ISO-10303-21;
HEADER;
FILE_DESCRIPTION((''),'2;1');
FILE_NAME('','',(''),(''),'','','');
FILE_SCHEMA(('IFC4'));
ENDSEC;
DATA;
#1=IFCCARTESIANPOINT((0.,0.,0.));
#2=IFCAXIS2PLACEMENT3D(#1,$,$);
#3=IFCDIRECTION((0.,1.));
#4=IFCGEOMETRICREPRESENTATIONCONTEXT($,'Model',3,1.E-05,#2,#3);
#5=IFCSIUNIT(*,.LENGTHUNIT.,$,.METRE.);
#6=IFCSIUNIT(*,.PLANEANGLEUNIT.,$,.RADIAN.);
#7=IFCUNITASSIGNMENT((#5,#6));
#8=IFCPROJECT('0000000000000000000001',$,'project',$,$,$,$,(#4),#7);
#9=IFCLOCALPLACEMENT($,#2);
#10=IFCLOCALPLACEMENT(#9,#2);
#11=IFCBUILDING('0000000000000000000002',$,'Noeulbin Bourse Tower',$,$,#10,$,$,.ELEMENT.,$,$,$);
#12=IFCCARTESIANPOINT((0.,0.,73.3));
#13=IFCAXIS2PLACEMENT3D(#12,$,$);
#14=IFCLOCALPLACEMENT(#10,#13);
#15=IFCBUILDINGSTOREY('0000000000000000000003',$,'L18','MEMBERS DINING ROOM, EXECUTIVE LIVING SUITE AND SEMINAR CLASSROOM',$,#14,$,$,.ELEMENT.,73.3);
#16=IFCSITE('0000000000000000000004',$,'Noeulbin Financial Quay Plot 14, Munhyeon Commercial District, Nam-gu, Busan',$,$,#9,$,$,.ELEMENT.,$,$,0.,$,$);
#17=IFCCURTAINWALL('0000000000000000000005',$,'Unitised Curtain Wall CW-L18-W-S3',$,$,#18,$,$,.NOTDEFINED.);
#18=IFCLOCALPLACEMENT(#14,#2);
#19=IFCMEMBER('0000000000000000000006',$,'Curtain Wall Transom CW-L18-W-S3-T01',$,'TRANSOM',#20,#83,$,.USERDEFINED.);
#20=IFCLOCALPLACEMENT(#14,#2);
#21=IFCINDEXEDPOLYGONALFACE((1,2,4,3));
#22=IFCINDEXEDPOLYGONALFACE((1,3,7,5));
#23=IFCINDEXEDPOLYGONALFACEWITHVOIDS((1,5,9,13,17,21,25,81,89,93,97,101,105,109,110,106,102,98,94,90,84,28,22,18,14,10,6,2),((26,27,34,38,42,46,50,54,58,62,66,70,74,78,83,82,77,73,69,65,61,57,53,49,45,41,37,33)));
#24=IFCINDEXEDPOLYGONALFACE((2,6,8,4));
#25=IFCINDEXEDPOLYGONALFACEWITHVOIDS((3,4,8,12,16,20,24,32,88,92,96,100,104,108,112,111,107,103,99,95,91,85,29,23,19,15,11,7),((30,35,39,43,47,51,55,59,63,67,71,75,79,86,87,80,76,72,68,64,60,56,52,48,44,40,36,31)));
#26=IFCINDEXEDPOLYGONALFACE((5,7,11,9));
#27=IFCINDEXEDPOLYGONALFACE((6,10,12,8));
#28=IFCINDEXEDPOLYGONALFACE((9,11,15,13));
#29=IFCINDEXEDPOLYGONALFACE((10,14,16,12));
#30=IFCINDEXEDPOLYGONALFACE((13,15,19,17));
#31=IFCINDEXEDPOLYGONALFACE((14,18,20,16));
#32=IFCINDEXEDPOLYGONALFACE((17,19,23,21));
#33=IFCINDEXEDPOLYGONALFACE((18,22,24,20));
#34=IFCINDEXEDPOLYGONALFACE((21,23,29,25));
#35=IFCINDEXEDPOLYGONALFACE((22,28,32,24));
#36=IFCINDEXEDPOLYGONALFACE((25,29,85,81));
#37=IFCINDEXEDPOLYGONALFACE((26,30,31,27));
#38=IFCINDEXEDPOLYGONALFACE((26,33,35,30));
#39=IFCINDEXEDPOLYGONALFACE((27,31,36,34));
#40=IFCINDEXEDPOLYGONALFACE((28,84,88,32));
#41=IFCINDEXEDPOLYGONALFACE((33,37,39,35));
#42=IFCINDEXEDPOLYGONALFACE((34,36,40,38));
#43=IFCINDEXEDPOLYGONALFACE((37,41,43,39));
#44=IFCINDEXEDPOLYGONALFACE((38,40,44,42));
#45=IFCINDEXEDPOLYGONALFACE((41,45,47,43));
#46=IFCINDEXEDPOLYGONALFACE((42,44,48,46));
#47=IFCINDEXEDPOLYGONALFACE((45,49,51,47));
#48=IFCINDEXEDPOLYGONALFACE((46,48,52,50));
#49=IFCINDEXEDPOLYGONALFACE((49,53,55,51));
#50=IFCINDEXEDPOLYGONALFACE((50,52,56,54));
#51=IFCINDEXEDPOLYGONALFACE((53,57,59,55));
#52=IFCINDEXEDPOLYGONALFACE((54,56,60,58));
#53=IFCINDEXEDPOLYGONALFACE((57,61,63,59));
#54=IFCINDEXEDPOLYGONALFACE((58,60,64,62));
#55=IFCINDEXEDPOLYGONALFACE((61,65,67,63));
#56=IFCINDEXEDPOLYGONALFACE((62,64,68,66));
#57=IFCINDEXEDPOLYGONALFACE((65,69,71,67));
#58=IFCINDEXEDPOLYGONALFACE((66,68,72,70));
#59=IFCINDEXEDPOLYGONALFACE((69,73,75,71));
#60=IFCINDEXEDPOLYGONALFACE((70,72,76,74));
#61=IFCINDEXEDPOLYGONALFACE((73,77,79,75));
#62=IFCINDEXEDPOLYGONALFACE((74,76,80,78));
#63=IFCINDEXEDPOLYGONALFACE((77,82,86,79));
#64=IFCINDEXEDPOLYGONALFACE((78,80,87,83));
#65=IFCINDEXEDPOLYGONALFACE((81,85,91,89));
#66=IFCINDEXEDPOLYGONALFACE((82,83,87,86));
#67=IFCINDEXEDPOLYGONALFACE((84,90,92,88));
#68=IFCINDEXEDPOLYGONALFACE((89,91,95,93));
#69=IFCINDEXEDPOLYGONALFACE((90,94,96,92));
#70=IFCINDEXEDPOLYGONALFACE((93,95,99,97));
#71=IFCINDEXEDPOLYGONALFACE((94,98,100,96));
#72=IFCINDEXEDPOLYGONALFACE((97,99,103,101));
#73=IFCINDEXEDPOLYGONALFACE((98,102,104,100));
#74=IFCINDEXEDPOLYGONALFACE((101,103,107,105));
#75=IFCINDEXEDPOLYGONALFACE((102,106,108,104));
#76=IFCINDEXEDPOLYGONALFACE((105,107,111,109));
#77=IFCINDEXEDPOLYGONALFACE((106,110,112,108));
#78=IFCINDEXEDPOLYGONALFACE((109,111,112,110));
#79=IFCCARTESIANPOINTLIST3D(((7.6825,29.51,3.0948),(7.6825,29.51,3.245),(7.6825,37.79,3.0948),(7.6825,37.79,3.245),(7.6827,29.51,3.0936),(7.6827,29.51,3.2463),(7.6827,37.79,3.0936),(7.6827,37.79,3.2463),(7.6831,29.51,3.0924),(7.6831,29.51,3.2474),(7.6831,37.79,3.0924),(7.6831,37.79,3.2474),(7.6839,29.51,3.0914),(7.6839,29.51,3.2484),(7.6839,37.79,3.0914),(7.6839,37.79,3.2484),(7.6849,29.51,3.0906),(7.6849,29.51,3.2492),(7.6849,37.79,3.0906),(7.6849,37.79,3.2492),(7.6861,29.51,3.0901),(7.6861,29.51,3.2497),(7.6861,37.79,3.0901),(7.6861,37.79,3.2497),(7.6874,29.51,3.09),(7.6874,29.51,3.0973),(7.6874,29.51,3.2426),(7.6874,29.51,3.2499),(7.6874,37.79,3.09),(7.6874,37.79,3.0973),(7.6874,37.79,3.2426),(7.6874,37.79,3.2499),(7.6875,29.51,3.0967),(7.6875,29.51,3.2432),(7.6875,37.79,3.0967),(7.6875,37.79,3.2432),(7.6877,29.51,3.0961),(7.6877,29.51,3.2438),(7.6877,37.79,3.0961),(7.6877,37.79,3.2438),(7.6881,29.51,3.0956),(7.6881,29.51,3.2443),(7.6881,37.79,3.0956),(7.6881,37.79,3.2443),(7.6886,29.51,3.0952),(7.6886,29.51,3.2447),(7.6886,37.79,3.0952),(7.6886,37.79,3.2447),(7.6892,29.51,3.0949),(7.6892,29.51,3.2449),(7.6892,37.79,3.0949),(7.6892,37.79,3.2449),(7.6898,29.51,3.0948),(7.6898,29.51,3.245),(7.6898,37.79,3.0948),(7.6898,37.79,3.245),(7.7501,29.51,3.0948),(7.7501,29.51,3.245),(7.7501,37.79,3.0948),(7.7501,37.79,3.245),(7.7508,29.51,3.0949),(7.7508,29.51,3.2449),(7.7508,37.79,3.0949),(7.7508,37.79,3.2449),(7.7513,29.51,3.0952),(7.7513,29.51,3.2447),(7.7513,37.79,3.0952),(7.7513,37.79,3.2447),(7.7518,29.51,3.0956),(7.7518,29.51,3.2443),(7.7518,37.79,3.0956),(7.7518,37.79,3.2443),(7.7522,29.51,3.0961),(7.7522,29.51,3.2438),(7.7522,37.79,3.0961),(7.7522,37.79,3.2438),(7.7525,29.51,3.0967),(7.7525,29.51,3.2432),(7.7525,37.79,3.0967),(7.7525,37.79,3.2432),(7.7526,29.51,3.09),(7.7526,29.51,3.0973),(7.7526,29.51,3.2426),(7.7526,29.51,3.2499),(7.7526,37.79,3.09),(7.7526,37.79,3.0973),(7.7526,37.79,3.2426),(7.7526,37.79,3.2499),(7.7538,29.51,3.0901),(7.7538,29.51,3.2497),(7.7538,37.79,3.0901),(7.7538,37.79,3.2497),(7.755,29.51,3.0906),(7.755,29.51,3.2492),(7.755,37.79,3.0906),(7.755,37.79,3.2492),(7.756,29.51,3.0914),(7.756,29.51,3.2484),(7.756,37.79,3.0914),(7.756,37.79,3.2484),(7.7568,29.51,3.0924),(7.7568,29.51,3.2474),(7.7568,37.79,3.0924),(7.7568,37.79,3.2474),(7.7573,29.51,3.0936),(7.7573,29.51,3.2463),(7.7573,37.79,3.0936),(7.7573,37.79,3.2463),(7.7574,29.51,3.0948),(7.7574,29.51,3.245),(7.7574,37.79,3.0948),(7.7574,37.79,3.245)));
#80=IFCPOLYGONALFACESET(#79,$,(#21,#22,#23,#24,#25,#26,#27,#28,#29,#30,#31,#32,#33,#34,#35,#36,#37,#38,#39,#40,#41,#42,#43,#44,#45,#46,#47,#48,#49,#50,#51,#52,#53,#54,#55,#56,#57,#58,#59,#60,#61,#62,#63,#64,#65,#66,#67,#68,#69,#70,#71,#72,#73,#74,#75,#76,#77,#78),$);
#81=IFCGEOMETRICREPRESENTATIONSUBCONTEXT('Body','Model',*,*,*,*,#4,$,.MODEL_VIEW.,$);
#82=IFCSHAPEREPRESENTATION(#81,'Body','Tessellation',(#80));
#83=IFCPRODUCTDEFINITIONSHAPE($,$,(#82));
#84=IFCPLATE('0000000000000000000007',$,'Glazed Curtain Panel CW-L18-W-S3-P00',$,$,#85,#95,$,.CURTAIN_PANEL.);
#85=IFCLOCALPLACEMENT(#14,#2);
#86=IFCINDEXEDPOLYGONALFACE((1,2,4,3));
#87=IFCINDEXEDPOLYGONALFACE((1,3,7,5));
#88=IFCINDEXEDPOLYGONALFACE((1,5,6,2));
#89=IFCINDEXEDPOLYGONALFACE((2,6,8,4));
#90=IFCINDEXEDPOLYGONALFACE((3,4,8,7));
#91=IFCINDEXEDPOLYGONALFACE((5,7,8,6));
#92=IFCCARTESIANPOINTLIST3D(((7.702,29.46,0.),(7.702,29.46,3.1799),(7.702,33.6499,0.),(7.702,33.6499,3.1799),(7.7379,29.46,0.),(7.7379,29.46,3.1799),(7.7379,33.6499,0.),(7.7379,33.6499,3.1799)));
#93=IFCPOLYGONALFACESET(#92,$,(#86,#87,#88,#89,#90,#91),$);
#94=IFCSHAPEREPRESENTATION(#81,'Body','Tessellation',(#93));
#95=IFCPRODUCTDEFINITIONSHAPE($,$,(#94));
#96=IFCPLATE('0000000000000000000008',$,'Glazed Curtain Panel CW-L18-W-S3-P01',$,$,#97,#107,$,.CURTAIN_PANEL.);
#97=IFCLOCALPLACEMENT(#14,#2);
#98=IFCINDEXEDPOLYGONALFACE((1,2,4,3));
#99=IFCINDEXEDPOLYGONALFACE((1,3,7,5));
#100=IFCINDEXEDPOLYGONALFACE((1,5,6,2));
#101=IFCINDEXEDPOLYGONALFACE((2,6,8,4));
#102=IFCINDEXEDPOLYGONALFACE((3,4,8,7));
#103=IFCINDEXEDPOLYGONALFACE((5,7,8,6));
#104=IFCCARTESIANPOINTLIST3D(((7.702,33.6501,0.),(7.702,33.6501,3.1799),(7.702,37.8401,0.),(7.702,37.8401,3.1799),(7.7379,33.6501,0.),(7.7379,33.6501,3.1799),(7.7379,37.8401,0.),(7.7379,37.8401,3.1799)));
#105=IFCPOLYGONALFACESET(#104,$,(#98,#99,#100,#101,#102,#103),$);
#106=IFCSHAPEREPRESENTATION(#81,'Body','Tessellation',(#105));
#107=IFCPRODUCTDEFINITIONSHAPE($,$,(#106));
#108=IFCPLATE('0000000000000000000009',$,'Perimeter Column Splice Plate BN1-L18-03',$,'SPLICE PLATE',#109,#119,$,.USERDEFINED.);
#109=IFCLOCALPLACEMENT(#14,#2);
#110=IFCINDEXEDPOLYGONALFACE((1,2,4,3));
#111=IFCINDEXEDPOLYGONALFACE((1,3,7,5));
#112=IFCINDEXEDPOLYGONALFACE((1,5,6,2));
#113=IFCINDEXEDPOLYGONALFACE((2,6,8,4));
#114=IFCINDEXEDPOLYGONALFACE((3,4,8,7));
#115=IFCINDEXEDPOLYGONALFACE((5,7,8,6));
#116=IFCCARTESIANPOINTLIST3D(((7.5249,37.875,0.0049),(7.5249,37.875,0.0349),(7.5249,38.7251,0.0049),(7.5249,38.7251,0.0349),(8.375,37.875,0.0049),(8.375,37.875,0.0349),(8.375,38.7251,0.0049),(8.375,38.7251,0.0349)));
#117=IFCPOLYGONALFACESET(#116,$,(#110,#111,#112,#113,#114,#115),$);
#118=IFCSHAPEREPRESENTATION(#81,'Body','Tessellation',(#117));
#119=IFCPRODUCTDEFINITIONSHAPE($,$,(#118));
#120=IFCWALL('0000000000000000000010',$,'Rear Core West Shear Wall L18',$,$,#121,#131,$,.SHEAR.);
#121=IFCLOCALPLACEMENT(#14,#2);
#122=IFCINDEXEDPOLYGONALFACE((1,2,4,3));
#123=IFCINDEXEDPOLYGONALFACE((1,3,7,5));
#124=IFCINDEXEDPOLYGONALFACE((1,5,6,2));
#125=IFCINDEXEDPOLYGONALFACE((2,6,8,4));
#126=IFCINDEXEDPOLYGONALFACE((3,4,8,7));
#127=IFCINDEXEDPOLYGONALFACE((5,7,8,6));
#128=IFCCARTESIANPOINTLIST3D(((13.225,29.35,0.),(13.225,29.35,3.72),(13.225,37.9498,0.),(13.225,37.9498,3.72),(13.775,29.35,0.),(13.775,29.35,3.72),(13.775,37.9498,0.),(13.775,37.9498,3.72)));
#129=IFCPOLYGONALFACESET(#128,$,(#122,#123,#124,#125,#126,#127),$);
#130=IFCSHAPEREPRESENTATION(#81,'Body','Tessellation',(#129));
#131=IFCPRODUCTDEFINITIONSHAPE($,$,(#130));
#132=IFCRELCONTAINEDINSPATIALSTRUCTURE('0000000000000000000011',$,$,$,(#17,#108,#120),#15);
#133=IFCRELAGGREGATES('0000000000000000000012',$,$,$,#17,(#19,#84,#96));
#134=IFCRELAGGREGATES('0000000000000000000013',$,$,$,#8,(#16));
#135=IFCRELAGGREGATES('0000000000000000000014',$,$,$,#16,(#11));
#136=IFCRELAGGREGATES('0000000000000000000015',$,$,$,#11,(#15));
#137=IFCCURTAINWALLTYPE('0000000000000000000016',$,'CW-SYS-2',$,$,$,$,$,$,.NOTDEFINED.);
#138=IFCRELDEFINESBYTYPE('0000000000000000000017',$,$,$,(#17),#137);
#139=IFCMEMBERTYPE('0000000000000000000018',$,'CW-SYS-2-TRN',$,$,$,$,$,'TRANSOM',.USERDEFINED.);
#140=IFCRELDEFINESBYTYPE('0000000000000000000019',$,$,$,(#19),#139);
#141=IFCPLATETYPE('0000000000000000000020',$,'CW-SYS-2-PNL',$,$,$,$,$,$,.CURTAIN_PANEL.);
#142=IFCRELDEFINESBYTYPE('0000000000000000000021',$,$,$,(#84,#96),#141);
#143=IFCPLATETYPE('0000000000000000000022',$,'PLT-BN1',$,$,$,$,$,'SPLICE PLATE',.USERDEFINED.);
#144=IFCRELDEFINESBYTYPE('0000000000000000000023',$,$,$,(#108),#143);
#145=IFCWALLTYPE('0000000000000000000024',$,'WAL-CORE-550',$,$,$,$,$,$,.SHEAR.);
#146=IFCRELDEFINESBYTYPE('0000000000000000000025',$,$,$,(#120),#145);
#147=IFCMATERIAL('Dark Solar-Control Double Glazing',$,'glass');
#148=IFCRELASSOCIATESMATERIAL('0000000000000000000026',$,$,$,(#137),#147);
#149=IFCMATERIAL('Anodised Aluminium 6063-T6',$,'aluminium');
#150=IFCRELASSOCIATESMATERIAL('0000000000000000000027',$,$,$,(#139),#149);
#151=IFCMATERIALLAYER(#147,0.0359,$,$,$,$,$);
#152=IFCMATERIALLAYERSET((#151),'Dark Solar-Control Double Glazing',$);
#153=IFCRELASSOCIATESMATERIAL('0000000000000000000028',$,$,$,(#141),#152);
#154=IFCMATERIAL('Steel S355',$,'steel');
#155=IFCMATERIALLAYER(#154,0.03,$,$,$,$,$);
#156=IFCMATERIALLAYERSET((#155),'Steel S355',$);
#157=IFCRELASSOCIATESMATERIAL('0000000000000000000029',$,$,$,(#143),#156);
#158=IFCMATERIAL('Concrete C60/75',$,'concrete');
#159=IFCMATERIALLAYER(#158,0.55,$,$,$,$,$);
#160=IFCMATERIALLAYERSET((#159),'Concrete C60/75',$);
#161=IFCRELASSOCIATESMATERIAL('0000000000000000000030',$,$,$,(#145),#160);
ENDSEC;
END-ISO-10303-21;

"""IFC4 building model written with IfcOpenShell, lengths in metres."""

from ifc_helpers import new_model, si_unit, direction, frame, frame_2d, origin, origin_2d, place, context, subcontext, project, spatial, rectangle, hollow_rectangle, extrude, material, layer, layer_set, material_profile, profile_set, type_object, element, aggregate, save


model = new_model("IFC4")

# Units and contexts
model_context = context("Model", 3, precision=1e-05, world=origin(), true_north=direction((0.0, 1.0)))
body_context = subcontext(model_context, "Body", "Model", "MODEL_VIEW")
ifc_project = project(units=[si_unit("LENGTHUNIT", "METRE"), si_unit("PLANEANGLEUNIT", "RADIAN")], contexts=[model_context])

# Site, building, storey
site_placement = place(None, origin())
site = spatial("IfcSite", under=ifc_project, at=site_placement, Name="Noeulbin Financial Quay Plot 14, Munhyeon Commercial District, Nam-gu, Busan", CompositionType="ELEMENT", RefElevation=0.0)
building_placement = place(site_placement, origin())
building = spatial("IfcBuilding", under=site, at=building_placement, Name="Noeulbin Bourse Tower", CompositionType="ELEMENT")
storey_placement = place(building_placement, frame((0.0, 0.0, 73.3)))
storey = spatial("IfcBuildingStorey", under=building, at=storey_placement, Name="L18", Description="MEMBERS DINING ROOM, EXECUTIVE LIVING SUITE AND SEMINAR CLASSROOM", CompositionType="ELEMENT", Elevation=73.3)

# Shared definitions
ifc_material_1 = material(Name="Steel S355", Category="steel")

# Curtain wall, member, plates
ifc_material_2 = material(Name="Dark Solar-Control Double Glazing", Category="glass")
curtain_wall_type = type_object("IfcCurtainWallType", Name="CW-SYS-2", PredefinedType="NOTDEFINED", material=ifc_material_2)
curtain_wall_placement = place(storey_placement, origin())
curtain_wall = element("IfcCurtainWall", 1, at=curtain_wall_placement, inside=storey, type_object=curtain_wall_type, Name="Unitised Curtain Wall CW-L18-W-S3", PredefinedType="NOTDEFINED")
ifc_material_3 = material(Name="Anodised Aluminium 6063-T6", Category="aluminium")
ifc_material_profile_1 = material_profile(ifc_material_3, hollow_rectangle(XDim=0.075, YDim=0.1599, WallThickness=0.0049, InnerFilletRadius=0.0024, OuterFilletRadius=0.0049, at=origin_2d()), Name="ALU-TRAN-75x160x5", Category="LoadBearing")
ifc_profile_set_1 = profile_set([ifc_material_profile_1], Name="Anodised Aluminium 6063-T6")
member_type_1 = type_object("IfcMemberType", Name="CW-SYS-2-TRN", ElementType="TRANSOM", PredefinedType="USERDEFINED", material=ifc_profile_set_1)
member_1_placement = place(storey_placement, frame((7.72, 29.51, 3.1699), z_axis=(0.0, 1.0, 0.0), x_axis=(-1.0, 0.0, 0.0)))
member_1 = element("IfcMember", 2, at=member_1_placement, type_object=member_type_1, Name="Curtain Wall Transom CW-L18-W-S3-T01", ObjectType="TRANSOM", PredefinedType="USERDEFINED", context=body_context, shape_type="SweptSolid", body=[
    extrude(hollow_rectangle(XDim=0.075, YDim=0.1599, WallThickness=0.0049, InnerFilletRadius=0.0024, OuterFilletRadius=0.0049, at=origin_2d()), origin(), (0.0, 0.0, 1.0), 8.28),
])
ifc_layer_1 = layer(ifc_material_2, 0.0359)
ifc_layer_set_1 = layer_set([ifc_layer_1], Name="Dark Solar-Control Double Glazing")
plate_type_1 = type_object("IfcPlateType", Name="CW-SYS-2-PNL", PredefinedType="CURTAIN_PANEL", material=ifc_layer_set_1)
plate_1_placement = place(storey_placement, frame((7.72, 31.5549, 0.0), z_axis=(0.0, 0.0, 1.0), x_axis=(0.0, 1.0, 0.0)))
plate_1 = element("IfcPlate", 3, at=plate_1_placement, type_object=plate_type_1, Name="Glazed Curtain Panel CW-L18-W-S3-P00", PredefinedType="CURTAIN_PANEL", context=body_context, shape_type="SweptSolid", body=[
    extrude(rectangle(XDim=4.1899, YDim=0.0359, at=origin_2d()), origin(), (0.0, 0.0, 1.0), 3.1799),
])
plate_2_placement = place(storey_placement, frame((7.72, 35.7451, 0.0), z_axis=(0.0, 0.0, 1.0), x_axis=(0.0, 1.0, 0.0)))
plate_2 = element("IfcPlate", 4, at=plate_2_placement, type_object=plate_type_1, Name="Glazed Curtain Panel CW-L18-W-S3-P01", PredefinedType="CURTAIN_PANEL", context=body_context, shape_type="SweptSolid", body=[
    extrude(rectangle(XDim=4.1899, YDim=0.0359, at=origin_2d()), origin(), (0.0, 0.0, 1.0), 3.1799),
])
aggregate(curtain_wall, [member_1, plate_1, plate_2])

# Plate
ifc_layer_2 = layer(ifc_material_1, 0.03)
ifc_layer_set_2 = layer_set([ifc_layer_2], Name="Steel S355")
plate_type_2 = type_object("IfcPlateType", Name="PLT-BN1", ElementType="SPLICE PLATE", PredefinedType="USERDEFINED", material=ifc_layer_set_2)
plate_3_placement = place(storey_placement, frame((7.95, 38.3, 0.0049), z_axis=(0.0, 0.0, 1.0), x_axis=(1.0, 0.0, 0.0)))
element("IfcPlate", 5, at=plate_3_placement, inside=storey, type_object=plate_type_2, Name="Perimeter Column Splice Plate BN1-L18-03", ObjectType="SPLICE PLATE", PredefinedType="USERDEFINED", context=body_context, shape_type="SweptSolid", body=[
    extrude(rectangle(XDim=0.8501, YDim=0.8501, at=origin_2d()), origin(), (0.0, 0.0, 1.0), 0.03),
])

# Wall
ifc_material_4 = material(Name="Concrete C60/75", Category="concrete")
ifc_layer_3 = layer(ifc_material_4, 0.55)
ifc_layer_set_3 = layer_set([ifc_layer_3], Name="Concrete C60/75")
wall_type = type_object("IfcWallType", Name="WAL-CORE-550", PredefinedType="SHEAR", material=ifc_layer_set_3)
wall_placement = place(storey_placement, frame((13.5, 29.3501, 0.0), z_axis=(0.0, 0.0, 1.0), x_axis=(0.0, 1.0, 0.0)))
element("IfcWall", 6, at=wall_placement, inside=storey, type_object=wall_type, Name="Rear Core West Shear Wall L18", PredefinedType="SHEAR", context=body_context, shape_type="SweptSolid", body=[
    extrude(rectangle(XDim=8.5999, YDim=0.55, at=frame_2d((4.2998, 0.0))), origin(), (0.0, 0.0, 1.0), 3.72),
])

save(model, "model.ifc")
